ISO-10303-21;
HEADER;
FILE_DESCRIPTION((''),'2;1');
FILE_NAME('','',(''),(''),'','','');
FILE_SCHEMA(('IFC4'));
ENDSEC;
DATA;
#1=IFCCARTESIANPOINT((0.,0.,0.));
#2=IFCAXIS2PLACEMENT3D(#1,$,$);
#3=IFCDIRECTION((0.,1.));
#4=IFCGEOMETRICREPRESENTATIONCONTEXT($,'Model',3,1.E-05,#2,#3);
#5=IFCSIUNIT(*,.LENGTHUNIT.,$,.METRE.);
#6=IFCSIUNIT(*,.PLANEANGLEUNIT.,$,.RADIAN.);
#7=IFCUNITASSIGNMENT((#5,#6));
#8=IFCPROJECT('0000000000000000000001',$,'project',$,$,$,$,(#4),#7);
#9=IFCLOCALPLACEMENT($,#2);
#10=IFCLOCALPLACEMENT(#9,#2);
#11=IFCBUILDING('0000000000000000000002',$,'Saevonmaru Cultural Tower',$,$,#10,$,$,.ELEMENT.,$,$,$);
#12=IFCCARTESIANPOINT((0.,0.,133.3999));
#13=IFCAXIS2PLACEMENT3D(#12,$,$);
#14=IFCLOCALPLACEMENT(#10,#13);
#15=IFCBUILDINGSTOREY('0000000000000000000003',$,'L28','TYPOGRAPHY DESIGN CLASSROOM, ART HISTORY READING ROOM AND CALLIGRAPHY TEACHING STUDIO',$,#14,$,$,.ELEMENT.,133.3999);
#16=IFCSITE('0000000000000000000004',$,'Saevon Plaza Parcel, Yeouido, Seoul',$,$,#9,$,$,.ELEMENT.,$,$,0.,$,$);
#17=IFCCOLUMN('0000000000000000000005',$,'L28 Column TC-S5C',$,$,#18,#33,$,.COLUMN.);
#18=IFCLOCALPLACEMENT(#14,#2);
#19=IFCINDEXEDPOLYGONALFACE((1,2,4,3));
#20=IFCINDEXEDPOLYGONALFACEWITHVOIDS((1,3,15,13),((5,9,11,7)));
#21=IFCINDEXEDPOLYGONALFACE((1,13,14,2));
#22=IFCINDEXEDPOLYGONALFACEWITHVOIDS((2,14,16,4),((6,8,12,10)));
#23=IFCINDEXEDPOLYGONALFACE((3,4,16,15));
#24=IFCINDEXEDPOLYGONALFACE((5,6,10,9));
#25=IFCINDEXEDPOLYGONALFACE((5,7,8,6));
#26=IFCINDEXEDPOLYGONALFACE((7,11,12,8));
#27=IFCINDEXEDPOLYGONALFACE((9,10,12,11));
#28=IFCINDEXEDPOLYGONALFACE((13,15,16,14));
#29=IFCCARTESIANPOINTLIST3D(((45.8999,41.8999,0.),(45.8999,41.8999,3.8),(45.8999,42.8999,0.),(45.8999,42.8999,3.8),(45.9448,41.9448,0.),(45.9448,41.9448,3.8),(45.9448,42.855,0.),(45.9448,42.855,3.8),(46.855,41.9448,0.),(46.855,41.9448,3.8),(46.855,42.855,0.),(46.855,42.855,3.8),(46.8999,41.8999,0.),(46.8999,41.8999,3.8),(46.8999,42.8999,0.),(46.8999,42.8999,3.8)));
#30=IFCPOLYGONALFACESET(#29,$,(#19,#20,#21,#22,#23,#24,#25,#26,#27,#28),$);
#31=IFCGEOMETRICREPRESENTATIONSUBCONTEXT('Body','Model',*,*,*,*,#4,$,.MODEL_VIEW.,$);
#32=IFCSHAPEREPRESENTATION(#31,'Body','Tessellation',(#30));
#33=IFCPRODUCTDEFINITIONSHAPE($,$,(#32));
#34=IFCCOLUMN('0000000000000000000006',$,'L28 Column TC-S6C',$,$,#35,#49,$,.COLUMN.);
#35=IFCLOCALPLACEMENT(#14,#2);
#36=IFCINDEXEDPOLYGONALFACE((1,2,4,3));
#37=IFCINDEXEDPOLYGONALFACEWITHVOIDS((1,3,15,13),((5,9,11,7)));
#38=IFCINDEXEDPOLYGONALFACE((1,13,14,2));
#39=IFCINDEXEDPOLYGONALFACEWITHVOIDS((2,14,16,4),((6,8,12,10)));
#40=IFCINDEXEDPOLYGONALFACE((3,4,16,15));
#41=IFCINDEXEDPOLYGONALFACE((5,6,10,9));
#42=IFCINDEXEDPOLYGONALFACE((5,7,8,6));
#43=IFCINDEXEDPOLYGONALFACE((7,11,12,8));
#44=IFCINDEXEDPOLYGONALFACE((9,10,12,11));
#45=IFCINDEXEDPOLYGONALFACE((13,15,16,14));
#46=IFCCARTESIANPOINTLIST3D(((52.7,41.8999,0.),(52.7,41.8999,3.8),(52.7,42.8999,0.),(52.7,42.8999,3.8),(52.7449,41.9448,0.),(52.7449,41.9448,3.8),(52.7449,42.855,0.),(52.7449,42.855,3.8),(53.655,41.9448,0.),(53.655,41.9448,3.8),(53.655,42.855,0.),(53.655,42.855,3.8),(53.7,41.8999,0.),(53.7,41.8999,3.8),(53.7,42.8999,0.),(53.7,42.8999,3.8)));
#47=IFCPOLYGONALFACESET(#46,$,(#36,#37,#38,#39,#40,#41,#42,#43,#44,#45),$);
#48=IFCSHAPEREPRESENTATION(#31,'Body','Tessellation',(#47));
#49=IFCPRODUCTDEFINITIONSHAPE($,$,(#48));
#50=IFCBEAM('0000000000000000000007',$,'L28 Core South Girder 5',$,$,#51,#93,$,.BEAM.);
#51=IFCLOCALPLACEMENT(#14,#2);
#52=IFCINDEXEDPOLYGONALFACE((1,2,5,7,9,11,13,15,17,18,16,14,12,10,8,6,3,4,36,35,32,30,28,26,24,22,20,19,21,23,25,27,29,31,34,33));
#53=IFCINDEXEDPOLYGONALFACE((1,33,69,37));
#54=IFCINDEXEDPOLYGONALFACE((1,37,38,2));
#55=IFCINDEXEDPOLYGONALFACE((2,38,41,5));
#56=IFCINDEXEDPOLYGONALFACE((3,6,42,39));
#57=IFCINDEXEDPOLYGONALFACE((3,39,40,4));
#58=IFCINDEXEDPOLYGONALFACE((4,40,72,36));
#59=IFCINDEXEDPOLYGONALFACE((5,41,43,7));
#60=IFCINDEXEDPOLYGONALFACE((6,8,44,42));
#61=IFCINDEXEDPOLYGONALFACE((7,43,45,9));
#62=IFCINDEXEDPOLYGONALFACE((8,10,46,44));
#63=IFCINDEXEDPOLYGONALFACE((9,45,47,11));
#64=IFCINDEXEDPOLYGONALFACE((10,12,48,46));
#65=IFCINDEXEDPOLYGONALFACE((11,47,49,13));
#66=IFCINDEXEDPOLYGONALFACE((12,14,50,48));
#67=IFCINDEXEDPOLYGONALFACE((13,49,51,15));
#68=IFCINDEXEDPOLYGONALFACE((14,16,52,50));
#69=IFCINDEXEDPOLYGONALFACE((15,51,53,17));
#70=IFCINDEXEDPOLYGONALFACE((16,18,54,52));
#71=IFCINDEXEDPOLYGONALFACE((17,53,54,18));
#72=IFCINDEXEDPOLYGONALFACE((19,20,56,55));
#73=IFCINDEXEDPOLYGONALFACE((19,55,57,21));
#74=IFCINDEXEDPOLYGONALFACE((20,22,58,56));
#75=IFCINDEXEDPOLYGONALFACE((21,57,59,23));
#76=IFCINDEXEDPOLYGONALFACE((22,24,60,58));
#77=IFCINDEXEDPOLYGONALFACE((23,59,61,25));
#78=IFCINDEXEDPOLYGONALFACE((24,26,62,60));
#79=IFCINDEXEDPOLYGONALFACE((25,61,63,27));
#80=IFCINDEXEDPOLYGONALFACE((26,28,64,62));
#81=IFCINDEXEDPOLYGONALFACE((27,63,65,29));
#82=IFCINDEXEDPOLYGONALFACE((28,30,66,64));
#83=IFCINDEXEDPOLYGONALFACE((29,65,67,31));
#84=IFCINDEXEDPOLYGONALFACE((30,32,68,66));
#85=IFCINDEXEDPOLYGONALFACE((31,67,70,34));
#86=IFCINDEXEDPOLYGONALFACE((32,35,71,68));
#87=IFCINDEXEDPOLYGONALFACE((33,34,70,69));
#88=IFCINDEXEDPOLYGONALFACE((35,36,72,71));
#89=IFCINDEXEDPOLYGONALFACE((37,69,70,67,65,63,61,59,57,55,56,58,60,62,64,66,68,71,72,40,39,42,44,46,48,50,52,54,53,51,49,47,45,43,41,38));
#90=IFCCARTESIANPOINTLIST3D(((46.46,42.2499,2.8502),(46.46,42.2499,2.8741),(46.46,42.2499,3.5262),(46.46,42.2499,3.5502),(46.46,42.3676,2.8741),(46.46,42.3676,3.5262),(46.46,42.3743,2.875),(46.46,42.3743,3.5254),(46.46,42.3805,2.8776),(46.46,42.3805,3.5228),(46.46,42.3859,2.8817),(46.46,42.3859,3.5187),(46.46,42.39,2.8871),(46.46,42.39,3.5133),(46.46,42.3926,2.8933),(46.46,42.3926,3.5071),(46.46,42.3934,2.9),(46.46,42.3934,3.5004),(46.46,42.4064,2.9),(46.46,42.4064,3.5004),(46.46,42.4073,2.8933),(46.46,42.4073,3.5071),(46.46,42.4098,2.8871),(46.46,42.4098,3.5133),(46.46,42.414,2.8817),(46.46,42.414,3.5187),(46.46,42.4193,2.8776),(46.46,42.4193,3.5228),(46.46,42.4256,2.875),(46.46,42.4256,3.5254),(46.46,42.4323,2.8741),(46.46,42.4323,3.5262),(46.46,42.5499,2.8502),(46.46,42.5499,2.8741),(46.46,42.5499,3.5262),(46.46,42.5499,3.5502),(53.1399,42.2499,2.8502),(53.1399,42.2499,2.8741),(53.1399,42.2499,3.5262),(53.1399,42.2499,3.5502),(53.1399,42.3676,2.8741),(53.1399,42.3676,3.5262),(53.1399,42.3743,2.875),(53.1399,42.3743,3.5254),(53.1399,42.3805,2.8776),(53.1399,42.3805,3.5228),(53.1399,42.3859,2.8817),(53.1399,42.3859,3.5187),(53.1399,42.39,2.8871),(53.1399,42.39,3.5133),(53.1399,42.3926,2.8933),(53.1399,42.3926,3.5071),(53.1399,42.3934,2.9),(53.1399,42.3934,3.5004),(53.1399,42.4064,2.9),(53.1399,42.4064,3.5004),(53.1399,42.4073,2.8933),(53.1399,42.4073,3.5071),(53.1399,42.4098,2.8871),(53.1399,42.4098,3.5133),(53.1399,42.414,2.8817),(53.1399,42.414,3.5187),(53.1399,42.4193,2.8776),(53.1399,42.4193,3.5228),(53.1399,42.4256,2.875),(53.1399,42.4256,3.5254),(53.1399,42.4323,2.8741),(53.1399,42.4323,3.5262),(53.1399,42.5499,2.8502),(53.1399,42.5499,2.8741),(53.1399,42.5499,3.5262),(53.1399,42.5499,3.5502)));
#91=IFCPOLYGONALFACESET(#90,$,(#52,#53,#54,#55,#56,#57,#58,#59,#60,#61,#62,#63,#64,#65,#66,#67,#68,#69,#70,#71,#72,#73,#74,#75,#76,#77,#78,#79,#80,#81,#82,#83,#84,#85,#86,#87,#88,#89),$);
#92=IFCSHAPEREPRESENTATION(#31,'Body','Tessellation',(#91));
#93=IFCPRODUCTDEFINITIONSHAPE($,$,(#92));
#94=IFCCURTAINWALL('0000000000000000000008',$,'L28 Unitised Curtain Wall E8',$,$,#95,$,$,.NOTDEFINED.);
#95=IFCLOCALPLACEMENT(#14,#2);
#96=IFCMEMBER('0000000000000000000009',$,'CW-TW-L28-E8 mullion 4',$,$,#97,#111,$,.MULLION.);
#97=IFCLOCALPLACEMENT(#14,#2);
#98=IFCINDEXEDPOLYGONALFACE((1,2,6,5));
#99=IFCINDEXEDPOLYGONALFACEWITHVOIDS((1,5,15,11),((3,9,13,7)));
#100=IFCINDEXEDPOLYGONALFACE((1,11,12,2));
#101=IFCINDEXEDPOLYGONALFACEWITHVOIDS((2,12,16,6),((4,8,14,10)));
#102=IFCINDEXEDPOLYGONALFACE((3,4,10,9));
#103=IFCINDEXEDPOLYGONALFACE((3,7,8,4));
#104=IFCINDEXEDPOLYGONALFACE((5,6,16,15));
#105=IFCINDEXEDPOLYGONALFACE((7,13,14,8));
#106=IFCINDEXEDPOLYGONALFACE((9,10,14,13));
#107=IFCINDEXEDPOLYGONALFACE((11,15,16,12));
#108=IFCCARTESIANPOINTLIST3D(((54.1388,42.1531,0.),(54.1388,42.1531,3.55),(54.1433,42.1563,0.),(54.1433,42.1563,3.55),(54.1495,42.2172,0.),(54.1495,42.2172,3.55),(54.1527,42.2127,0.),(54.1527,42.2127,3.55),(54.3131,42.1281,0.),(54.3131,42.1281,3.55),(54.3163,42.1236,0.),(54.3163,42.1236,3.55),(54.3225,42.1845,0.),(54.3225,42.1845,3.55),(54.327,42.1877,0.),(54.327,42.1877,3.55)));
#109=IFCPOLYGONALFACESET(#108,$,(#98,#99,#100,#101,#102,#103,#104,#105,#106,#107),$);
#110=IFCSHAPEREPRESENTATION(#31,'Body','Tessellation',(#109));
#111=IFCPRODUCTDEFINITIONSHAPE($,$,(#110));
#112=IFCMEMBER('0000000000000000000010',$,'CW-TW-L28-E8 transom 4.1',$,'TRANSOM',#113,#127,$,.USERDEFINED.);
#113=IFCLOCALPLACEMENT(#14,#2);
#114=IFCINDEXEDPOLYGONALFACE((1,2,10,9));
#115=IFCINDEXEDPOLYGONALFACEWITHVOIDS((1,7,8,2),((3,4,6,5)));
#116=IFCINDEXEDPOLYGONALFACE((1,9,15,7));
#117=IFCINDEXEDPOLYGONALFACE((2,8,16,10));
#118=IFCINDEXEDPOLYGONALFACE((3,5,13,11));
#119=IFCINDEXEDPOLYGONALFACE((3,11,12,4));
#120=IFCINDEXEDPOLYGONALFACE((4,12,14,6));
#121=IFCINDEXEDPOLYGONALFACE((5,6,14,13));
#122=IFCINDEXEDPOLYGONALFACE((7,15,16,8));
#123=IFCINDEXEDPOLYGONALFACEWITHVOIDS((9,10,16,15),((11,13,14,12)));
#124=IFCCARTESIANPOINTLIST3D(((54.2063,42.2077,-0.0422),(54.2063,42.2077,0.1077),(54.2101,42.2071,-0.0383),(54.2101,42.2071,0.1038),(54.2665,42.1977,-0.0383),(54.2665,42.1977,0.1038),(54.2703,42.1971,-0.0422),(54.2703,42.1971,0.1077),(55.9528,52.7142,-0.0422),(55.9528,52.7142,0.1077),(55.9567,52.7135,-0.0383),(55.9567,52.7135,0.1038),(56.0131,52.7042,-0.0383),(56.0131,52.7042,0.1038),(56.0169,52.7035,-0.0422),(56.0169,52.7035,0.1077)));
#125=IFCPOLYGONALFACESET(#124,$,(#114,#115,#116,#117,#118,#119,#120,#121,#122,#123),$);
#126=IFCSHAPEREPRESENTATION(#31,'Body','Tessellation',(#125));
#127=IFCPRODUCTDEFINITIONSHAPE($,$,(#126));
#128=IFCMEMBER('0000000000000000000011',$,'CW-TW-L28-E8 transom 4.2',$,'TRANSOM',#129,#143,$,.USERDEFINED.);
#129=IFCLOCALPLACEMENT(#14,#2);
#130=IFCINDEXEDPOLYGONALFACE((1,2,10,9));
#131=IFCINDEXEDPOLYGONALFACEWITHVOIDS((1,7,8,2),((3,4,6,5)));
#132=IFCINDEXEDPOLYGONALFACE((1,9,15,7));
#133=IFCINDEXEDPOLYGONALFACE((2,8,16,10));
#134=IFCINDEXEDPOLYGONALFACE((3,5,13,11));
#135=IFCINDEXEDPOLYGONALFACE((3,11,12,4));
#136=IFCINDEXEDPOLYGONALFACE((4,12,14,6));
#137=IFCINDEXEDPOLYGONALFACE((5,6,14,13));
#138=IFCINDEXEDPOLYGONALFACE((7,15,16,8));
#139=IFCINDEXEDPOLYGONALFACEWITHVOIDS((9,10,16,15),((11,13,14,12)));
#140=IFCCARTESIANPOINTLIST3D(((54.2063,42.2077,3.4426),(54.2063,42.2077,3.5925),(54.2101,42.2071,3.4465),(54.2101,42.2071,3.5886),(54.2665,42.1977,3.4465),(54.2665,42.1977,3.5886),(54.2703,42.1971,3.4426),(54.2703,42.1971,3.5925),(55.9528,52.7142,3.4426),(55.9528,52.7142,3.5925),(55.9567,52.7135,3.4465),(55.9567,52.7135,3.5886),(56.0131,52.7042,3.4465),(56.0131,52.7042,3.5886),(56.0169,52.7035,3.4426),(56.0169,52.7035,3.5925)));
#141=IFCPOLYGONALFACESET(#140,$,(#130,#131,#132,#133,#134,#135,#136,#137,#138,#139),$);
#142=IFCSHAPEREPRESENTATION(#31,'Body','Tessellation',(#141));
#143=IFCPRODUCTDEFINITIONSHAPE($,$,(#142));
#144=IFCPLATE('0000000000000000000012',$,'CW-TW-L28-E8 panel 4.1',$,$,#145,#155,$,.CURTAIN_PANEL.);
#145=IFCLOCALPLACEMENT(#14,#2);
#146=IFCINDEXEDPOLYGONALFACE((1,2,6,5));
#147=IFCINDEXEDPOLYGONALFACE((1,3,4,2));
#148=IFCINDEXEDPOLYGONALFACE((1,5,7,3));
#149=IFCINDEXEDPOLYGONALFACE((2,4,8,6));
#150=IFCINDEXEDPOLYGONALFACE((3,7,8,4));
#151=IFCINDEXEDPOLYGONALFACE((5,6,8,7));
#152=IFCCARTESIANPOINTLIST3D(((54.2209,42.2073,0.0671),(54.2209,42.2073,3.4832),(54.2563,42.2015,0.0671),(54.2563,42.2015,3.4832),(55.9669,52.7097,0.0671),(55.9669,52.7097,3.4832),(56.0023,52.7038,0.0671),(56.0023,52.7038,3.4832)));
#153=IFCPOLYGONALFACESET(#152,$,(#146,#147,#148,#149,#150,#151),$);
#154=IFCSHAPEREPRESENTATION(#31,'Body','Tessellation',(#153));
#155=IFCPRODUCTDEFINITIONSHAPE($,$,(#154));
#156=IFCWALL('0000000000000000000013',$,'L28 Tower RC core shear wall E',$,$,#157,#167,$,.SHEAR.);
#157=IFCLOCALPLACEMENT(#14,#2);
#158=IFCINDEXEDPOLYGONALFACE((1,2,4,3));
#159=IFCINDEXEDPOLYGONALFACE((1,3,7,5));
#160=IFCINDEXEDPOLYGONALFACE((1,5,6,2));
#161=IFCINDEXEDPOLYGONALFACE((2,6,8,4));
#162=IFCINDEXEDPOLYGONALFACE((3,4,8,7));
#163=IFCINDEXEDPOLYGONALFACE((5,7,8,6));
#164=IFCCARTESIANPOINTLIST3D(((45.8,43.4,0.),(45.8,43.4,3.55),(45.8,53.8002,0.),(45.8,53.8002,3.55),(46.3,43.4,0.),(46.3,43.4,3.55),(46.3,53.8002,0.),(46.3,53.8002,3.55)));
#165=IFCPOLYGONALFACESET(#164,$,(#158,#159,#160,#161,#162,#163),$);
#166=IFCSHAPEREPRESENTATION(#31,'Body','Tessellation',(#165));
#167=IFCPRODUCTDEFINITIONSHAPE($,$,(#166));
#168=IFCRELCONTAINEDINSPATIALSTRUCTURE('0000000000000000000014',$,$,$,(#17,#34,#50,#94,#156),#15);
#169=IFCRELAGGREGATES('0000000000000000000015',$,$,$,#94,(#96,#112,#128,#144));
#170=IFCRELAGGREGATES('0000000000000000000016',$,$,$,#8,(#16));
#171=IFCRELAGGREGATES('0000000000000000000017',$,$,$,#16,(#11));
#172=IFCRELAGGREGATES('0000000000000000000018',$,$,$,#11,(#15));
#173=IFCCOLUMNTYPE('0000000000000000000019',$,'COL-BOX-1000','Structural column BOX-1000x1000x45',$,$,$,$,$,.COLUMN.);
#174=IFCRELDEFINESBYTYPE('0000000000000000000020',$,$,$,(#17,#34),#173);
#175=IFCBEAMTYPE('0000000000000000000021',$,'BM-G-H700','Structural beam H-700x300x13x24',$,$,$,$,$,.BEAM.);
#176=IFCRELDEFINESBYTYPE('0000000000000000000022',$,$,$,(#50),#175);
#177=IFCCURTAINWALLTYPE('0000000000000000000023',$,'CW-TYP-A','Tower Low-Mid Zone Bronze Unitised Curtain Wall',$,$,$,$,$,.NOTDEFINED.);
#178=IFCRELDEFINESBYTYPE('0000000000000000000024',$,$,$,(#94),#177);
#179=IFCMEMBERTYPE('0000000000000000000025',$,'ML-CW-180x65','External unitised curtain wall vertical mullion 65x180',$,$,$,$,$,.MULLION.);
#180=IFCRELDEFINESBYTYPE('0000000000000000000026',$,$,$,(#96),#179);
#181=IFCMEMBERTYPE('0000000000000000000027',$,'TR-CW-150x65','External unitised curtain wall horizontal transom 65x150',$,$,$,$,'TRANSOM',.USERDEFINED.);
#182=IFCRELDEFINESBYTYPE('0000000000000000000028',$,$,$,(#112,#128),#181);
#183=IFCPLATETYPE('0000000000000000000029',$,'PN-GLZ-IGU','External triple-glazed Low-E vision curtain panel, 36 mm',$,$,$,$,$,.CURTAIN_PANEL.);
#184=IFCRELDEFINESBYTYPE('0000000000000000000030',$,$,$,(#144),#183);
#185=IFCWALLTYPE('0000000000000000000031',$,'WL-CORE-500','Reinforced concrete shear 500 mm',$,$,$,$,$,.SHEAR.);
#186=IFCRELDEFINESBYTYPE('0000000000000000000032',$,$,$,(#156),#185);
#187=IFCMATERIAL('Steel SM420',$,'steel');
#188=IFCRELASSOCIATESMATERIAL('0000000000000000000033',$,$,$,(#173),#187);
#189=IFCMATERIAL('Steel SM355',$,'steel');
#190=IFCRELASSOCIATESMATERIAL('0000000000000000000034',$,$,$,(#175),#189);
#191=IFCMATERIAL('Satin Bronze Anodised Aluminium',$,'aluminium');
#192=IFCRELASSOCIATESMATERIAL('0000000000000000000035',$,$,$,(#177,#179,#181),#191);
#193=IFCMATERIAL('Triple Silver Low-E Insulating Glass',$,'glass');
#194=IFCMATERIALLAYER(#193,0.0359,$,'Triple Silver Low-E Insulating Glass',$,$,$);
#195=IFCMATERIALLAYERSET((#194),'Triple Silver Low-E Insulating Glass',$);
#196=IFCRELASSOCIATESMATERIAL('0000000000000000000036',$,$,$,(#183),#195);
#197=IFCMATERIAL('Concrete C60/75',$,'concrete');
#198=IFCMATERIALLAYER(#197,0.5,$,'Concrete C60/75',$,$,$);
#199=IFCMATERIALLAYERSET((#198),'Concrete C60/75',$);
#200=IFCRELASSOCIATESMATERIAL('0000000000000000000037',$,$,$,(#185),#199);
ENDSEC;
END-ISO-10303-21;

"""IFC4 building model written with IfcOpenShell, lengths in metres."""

from ifc_helpers import new_model, si_unit, direction, frame, frame_2d, origin, origin_2d, place, context, subcontext, project, spatial, rectangle, hollow_rectangle, i_section, extrude, material, layer, layer_set, material_profile, profile_set, type_object, element, aggregate, save


model = new_model("IFC4")

# Units and contexts
model_context = context("Model", 3, precision=1e-05, world=origin(), true_north=direction((0.0, 1.0)))
body_context = subcontext(model_context, "Body", "Model", "MODEL_VIEW")
ifc_project = project(units=[si_unit("LENGTHUNIT", "METRE"), si_unit("PLANEANGLEUNIT", "RADIAN")], contexts=[model_context])

# Site, building, storey
site_placement = place(None, origin())
site = spatial("IfcSite", under=ifc_project, at=site_placement, Name="Saevon Plaza Parcel, Yeouido, Seoul", CompositionType="ELEMENT", RefElevation=0.0)
building_placement = place(site_placement, origin())
building = spatial("IfcBuilding", under=site, at=building_placement, Name="Saevonmaru Cultural Tower", CompositionType="ELEMENT")
storey_placement = place(building_placement, frame((0.0, 0.0, 133.3999)))
storey = spatial("IfcBuildingStorey", under=building, at=storey_placement, Name="L28", Description="TYPOGRAPHY DESIGN CLASSROOM, ART HISTORY READING ROOM AND CALLIGRAPHY TEACHING STUDIO", CompositionType="ELEMENT", Elevation=133.3999)

# Columns
ifc_material_1 = material(Name="Steel SM420", Category="steel")
ifc_material_profile_1 = material_profile(ifc_material_1, hollow_rectangle(XDim=1.0, YDim=1.0, WallThickness=0.0449, at=origin_2d()), Name="BOX-1000x1000x45")
ifc_profile_set_1 = profile_set([ifc_material_profile_1], Name="Steel SM420")
column_type = type_object("IfcColumnType", Name="COL-BOX-1000", Description="Structural column BOX-1000x1000x45", PredefinedType="COLUMN", material=ifc_profile_set_1)
for number, where, z_axis, x_axis, name in (
    (1, (46.3999, 42.3999, 0.0), (0.0, 0.0, 1.0), (1.0, 0.0, 0.0), "L28 Column TC-S5C"),
    (2, (53.2, 42.3999, 0.0), (0.0, 0.0, 1.0), (1.0, 0.0, 0.0), "L28 Column TC-S6C"),
):
    element("IfcColumn", number, at=place(storey_placement, frame(where, z_axis=z_axis, x_axis=x_axis)), inside=storey, type_object=column_type, Name=name, PredefinedType="COLUMN", context=body_context, shape_type="SweptSolid", body=[
        extrude(hollow_rectangle(XDim=1.0, YDim=1.0, WallThickness=0.0449, at=origin_2d()), origin(), (0.0, 0.0, 1.0), 3.8),
    ])

# Beam
ifc_material_2 = material(Name="Steel SM355", Category="steel")
ifc_material_profile_2 = material_profile(ifc_material_2, i_section(OverallWidth=0.3, OverallDepth=0.7, WebThickness=0.0129, FlangeThickness=0.0239, FilletRadius=0.0259, at=origin_2d()), Name="H-700x300x13x24")
ifc_profile_set_2 = profile_set([ifc_material_profile_2], Name="Steel SM355")
beam_type = type_object("IfcBeamType", Name="BM-G-H700", Description="Structural beam H-700x300x13x24", PredefinedType="BEAM", material=ifc_profile_set_2)
beam_placement = place(storey_placement, frame((46.46, 42.3999, 3.2002), z_axis=(1.0, 0.0, 0.0), x_axis=(0.0, 1.0, 0.0)))
element("IfcBeam", 3, at=beam_placement, inside=storey, type_object=beam_type, Name="L28 Core South Girder 5", PredefinedType="BEAM", context=body_context, shape_type="SweptSolid", body=[
    extrude(i_section(OverallWidth=0.3, OverallDepth=0.7, WebThickness=0.0129, FlangeThickness=0.0239, FilletRadius=0.0259, at=origin_2d()), origin(), (0.0, 0.0, 1.0), 6.6799),
])

# Curtain wall, members, plate
ifc_material_3 = material(Name="Satin Bronze Anodised Aluminium", Category="aluminium")
curtain_wall_type = type_object("IfcCurtainWallType", Name="CW-TYP-A", Description="Tower Low-Mid Zone Bronze Unitised Curtain Wall", PredefinedType="NOTDEFINED", material=ifc_material_3)
curtain_wall_placement = place(storey_placement, origin())
curtain_wall = element("IfcCurtainWall", 4, at=curtain_wall_placement, inside=storey, type_object=curtain_wall_type, Name="L28 Unitised Curtain Wall E8", PredefinedType="NOTDEFINED")
ifc_material_profile_3 = material_profile(ifc_material_3, hollow_rectangle(XDim=0.0649, YDim=0.1799, WallThickness=0.0039, at=origin_2d()), Name="ALU-MULL-180x65x4")
ifc_profile_set_3 = profile_set([ifc_material_profile_3], Name="Satin Bronze Anodised Aluminium")
member_type_1 = type_object("IfcMemberType", Name="ML-CW-180x65", Description="External unitised curtain wall vertical mullion 65x180", PredefinedType="MULLION", material=ifc_profile_set_3)
member_1_placement = place(storey_placement, frame((54.2329, 42.1704, 0.0), z_axis=(0.0, 0.0, 1.0), x_axis=(0.163999, 0.986461, 0.0)))
member_1 = element("IfcMember", 5, at=member_1_placement, type_object=member_type_1, Name="CW-TW-L28-E8 mullion 4", PredefinedType="MULLION", context=body_context, shape_type="SweptSolid", body=[
    extrude(hollow_rectangle(XDim=0.0649, YDim=0.1799, WallThickness=0.0039, at=origin_2d()), origin(), (0.0, 0.0, 1.0), 3.55),
])
ifc_material_profile_4 = material_profile(ifc_material_3, hollow_rectangle(XDim=0.0649, YDim=0.1499, WallThickness=0.0039, at=origin_2d()), Name="ALU-TRAN-150x65x4")
ifc_profile_set_4 = profile_set([ifc_material_profile_4], Name="Satin Bronze Anodised Aluminium")
member_type_2 = type_object("IfcMemberType", Name="TR-CW-150x65", Description="External unitised curtain wall horizontal transom 65x150", ElementType="TRANSOM", PredefinedType="USERDEFINED", material=ifc_profile_set_4)
member_2_placement = place(storey_placement, frame((54.2383, 42.2024, 0.0327), z_axis=(0.16399, 0.986462, 0.0), x_axis=(-0.986462, 0.16399, 0.0)))
member_2 = element("IfcMember", 6, at=member_2_placement, type_object=member_type_2, Name="CW-TW-L28-E8 transom 4.1", ObjectType="TRANSOM", PredefinedType="USERDEFINED", context=body_context, shape_type="SweptSolid", body=[
    extrude(hollow_rectangle(XDim=0.0649, YDim=0.1499, WallThickness=0.0039, at=origin_2d()), origin(), (0.0, 0.0, 1.0), 10.6506),
])
member_3_placement = place(storey_placement, frame((54.2383, 42.2024, 3.5176), z_axis=(0.16399, 0.986462, 0.0), x_axis=(-0.986462, 0.16399, 0.0)))
member_3 = element("IfcMember", 7, at=member_3_placement, type_object=member_type_2, Name="CW-TW-L28-E8 transom 4.2", ObjectType="TRANSOM", PredefinedType="USERDEFINED", context=body_context, shape_type="SweptSolid", body=[
    extrude(hollow_rectangle(XDim=0.0649, YDim=0.1499, WallThickness=0.0039, at=origin_2d()), origin(), (0.0, 0.0, 1.0), 10.6506),
])
ifc_material_4 = material(Name="Triple Silver Low-E Insulating Glass", Category="glass")
ifc_layer_1 = layer(ifc_material_4, 0.0359, Name="Triple Silver Low-E Insulating Glass")
ifc_layer_set_1 = layer_set([ifc_layer_1], Name="Triple Silver Low-E Insulating Glass")
plate_type = type_object("IfcPlateType", Name="PN-GLZ-IGU", Description="External triple-glazed Low-E vision curtain panel, 36 mm", PredefinedType="CURTAIN_PANEL", material=ifc_layer_set_1)
plate_placement = place(storey_placement, frame((55.1116, 47.4556, 0.0671), z_axis=(0.0, 0.0, 1.0), x_axis=(0.163999, 0.986461, 0.0)))
plate = element("IfcPlate", 8, at=plate_placement, type_object=plate_type, Name="CW-TW-L28-E8 panel 4.1", PredefinedType="CURTAIN_PANEL", context=body_context, shape_type="SweptSolid", body=[
    extrude(rectangle(XDim=10.6465, YDim=0.0359, at=origin_2d()), origin(), (0.0, 0.0, 1.0), 3.416),
])
aggregate(curtain_wall, [member_1, member_2, member_3, plate])

# Wall
ifc_material_5 = material(Name="Concrete C60/75", Category="concrete")
ifc_layer_2 = layer(ifc_material_5, 0.5, Name="Concrete C60/75")
ifc_layer_set_2 = layer_set([ifc_layer_2], Name="Concrete C60/75")
wall_type_1 = type_object("IfcWallType", Name="WL-CORE-500", Description="Reinforced concrete shear 500 mm", PredefinedType="SHEAR", material=ifc_layer_set_2)
wall_1_placement = place(storey_placement, frame((46.05, 43.3999, 0.0), z_axis=(0.0, 0.0, 1.0), x_axis=(0.0, 1.0, 0.0)))
element("IfcWall", 9, at=wall_1_placement, inside=storey, type_object=wall_type_1, Name="L28 Tower RC core shear wall E", PredefinedType="SHEAR", context=body_context, shape_type="SweptSolid", body=[
    extrude(rectangle(XDim=10.4001, YDim=0.5, at=frame_2d((5.2002, 0.0))), origin(), (0.0, 0.0, 1.0), 3.55),
])

save(model, "model.ifc")
